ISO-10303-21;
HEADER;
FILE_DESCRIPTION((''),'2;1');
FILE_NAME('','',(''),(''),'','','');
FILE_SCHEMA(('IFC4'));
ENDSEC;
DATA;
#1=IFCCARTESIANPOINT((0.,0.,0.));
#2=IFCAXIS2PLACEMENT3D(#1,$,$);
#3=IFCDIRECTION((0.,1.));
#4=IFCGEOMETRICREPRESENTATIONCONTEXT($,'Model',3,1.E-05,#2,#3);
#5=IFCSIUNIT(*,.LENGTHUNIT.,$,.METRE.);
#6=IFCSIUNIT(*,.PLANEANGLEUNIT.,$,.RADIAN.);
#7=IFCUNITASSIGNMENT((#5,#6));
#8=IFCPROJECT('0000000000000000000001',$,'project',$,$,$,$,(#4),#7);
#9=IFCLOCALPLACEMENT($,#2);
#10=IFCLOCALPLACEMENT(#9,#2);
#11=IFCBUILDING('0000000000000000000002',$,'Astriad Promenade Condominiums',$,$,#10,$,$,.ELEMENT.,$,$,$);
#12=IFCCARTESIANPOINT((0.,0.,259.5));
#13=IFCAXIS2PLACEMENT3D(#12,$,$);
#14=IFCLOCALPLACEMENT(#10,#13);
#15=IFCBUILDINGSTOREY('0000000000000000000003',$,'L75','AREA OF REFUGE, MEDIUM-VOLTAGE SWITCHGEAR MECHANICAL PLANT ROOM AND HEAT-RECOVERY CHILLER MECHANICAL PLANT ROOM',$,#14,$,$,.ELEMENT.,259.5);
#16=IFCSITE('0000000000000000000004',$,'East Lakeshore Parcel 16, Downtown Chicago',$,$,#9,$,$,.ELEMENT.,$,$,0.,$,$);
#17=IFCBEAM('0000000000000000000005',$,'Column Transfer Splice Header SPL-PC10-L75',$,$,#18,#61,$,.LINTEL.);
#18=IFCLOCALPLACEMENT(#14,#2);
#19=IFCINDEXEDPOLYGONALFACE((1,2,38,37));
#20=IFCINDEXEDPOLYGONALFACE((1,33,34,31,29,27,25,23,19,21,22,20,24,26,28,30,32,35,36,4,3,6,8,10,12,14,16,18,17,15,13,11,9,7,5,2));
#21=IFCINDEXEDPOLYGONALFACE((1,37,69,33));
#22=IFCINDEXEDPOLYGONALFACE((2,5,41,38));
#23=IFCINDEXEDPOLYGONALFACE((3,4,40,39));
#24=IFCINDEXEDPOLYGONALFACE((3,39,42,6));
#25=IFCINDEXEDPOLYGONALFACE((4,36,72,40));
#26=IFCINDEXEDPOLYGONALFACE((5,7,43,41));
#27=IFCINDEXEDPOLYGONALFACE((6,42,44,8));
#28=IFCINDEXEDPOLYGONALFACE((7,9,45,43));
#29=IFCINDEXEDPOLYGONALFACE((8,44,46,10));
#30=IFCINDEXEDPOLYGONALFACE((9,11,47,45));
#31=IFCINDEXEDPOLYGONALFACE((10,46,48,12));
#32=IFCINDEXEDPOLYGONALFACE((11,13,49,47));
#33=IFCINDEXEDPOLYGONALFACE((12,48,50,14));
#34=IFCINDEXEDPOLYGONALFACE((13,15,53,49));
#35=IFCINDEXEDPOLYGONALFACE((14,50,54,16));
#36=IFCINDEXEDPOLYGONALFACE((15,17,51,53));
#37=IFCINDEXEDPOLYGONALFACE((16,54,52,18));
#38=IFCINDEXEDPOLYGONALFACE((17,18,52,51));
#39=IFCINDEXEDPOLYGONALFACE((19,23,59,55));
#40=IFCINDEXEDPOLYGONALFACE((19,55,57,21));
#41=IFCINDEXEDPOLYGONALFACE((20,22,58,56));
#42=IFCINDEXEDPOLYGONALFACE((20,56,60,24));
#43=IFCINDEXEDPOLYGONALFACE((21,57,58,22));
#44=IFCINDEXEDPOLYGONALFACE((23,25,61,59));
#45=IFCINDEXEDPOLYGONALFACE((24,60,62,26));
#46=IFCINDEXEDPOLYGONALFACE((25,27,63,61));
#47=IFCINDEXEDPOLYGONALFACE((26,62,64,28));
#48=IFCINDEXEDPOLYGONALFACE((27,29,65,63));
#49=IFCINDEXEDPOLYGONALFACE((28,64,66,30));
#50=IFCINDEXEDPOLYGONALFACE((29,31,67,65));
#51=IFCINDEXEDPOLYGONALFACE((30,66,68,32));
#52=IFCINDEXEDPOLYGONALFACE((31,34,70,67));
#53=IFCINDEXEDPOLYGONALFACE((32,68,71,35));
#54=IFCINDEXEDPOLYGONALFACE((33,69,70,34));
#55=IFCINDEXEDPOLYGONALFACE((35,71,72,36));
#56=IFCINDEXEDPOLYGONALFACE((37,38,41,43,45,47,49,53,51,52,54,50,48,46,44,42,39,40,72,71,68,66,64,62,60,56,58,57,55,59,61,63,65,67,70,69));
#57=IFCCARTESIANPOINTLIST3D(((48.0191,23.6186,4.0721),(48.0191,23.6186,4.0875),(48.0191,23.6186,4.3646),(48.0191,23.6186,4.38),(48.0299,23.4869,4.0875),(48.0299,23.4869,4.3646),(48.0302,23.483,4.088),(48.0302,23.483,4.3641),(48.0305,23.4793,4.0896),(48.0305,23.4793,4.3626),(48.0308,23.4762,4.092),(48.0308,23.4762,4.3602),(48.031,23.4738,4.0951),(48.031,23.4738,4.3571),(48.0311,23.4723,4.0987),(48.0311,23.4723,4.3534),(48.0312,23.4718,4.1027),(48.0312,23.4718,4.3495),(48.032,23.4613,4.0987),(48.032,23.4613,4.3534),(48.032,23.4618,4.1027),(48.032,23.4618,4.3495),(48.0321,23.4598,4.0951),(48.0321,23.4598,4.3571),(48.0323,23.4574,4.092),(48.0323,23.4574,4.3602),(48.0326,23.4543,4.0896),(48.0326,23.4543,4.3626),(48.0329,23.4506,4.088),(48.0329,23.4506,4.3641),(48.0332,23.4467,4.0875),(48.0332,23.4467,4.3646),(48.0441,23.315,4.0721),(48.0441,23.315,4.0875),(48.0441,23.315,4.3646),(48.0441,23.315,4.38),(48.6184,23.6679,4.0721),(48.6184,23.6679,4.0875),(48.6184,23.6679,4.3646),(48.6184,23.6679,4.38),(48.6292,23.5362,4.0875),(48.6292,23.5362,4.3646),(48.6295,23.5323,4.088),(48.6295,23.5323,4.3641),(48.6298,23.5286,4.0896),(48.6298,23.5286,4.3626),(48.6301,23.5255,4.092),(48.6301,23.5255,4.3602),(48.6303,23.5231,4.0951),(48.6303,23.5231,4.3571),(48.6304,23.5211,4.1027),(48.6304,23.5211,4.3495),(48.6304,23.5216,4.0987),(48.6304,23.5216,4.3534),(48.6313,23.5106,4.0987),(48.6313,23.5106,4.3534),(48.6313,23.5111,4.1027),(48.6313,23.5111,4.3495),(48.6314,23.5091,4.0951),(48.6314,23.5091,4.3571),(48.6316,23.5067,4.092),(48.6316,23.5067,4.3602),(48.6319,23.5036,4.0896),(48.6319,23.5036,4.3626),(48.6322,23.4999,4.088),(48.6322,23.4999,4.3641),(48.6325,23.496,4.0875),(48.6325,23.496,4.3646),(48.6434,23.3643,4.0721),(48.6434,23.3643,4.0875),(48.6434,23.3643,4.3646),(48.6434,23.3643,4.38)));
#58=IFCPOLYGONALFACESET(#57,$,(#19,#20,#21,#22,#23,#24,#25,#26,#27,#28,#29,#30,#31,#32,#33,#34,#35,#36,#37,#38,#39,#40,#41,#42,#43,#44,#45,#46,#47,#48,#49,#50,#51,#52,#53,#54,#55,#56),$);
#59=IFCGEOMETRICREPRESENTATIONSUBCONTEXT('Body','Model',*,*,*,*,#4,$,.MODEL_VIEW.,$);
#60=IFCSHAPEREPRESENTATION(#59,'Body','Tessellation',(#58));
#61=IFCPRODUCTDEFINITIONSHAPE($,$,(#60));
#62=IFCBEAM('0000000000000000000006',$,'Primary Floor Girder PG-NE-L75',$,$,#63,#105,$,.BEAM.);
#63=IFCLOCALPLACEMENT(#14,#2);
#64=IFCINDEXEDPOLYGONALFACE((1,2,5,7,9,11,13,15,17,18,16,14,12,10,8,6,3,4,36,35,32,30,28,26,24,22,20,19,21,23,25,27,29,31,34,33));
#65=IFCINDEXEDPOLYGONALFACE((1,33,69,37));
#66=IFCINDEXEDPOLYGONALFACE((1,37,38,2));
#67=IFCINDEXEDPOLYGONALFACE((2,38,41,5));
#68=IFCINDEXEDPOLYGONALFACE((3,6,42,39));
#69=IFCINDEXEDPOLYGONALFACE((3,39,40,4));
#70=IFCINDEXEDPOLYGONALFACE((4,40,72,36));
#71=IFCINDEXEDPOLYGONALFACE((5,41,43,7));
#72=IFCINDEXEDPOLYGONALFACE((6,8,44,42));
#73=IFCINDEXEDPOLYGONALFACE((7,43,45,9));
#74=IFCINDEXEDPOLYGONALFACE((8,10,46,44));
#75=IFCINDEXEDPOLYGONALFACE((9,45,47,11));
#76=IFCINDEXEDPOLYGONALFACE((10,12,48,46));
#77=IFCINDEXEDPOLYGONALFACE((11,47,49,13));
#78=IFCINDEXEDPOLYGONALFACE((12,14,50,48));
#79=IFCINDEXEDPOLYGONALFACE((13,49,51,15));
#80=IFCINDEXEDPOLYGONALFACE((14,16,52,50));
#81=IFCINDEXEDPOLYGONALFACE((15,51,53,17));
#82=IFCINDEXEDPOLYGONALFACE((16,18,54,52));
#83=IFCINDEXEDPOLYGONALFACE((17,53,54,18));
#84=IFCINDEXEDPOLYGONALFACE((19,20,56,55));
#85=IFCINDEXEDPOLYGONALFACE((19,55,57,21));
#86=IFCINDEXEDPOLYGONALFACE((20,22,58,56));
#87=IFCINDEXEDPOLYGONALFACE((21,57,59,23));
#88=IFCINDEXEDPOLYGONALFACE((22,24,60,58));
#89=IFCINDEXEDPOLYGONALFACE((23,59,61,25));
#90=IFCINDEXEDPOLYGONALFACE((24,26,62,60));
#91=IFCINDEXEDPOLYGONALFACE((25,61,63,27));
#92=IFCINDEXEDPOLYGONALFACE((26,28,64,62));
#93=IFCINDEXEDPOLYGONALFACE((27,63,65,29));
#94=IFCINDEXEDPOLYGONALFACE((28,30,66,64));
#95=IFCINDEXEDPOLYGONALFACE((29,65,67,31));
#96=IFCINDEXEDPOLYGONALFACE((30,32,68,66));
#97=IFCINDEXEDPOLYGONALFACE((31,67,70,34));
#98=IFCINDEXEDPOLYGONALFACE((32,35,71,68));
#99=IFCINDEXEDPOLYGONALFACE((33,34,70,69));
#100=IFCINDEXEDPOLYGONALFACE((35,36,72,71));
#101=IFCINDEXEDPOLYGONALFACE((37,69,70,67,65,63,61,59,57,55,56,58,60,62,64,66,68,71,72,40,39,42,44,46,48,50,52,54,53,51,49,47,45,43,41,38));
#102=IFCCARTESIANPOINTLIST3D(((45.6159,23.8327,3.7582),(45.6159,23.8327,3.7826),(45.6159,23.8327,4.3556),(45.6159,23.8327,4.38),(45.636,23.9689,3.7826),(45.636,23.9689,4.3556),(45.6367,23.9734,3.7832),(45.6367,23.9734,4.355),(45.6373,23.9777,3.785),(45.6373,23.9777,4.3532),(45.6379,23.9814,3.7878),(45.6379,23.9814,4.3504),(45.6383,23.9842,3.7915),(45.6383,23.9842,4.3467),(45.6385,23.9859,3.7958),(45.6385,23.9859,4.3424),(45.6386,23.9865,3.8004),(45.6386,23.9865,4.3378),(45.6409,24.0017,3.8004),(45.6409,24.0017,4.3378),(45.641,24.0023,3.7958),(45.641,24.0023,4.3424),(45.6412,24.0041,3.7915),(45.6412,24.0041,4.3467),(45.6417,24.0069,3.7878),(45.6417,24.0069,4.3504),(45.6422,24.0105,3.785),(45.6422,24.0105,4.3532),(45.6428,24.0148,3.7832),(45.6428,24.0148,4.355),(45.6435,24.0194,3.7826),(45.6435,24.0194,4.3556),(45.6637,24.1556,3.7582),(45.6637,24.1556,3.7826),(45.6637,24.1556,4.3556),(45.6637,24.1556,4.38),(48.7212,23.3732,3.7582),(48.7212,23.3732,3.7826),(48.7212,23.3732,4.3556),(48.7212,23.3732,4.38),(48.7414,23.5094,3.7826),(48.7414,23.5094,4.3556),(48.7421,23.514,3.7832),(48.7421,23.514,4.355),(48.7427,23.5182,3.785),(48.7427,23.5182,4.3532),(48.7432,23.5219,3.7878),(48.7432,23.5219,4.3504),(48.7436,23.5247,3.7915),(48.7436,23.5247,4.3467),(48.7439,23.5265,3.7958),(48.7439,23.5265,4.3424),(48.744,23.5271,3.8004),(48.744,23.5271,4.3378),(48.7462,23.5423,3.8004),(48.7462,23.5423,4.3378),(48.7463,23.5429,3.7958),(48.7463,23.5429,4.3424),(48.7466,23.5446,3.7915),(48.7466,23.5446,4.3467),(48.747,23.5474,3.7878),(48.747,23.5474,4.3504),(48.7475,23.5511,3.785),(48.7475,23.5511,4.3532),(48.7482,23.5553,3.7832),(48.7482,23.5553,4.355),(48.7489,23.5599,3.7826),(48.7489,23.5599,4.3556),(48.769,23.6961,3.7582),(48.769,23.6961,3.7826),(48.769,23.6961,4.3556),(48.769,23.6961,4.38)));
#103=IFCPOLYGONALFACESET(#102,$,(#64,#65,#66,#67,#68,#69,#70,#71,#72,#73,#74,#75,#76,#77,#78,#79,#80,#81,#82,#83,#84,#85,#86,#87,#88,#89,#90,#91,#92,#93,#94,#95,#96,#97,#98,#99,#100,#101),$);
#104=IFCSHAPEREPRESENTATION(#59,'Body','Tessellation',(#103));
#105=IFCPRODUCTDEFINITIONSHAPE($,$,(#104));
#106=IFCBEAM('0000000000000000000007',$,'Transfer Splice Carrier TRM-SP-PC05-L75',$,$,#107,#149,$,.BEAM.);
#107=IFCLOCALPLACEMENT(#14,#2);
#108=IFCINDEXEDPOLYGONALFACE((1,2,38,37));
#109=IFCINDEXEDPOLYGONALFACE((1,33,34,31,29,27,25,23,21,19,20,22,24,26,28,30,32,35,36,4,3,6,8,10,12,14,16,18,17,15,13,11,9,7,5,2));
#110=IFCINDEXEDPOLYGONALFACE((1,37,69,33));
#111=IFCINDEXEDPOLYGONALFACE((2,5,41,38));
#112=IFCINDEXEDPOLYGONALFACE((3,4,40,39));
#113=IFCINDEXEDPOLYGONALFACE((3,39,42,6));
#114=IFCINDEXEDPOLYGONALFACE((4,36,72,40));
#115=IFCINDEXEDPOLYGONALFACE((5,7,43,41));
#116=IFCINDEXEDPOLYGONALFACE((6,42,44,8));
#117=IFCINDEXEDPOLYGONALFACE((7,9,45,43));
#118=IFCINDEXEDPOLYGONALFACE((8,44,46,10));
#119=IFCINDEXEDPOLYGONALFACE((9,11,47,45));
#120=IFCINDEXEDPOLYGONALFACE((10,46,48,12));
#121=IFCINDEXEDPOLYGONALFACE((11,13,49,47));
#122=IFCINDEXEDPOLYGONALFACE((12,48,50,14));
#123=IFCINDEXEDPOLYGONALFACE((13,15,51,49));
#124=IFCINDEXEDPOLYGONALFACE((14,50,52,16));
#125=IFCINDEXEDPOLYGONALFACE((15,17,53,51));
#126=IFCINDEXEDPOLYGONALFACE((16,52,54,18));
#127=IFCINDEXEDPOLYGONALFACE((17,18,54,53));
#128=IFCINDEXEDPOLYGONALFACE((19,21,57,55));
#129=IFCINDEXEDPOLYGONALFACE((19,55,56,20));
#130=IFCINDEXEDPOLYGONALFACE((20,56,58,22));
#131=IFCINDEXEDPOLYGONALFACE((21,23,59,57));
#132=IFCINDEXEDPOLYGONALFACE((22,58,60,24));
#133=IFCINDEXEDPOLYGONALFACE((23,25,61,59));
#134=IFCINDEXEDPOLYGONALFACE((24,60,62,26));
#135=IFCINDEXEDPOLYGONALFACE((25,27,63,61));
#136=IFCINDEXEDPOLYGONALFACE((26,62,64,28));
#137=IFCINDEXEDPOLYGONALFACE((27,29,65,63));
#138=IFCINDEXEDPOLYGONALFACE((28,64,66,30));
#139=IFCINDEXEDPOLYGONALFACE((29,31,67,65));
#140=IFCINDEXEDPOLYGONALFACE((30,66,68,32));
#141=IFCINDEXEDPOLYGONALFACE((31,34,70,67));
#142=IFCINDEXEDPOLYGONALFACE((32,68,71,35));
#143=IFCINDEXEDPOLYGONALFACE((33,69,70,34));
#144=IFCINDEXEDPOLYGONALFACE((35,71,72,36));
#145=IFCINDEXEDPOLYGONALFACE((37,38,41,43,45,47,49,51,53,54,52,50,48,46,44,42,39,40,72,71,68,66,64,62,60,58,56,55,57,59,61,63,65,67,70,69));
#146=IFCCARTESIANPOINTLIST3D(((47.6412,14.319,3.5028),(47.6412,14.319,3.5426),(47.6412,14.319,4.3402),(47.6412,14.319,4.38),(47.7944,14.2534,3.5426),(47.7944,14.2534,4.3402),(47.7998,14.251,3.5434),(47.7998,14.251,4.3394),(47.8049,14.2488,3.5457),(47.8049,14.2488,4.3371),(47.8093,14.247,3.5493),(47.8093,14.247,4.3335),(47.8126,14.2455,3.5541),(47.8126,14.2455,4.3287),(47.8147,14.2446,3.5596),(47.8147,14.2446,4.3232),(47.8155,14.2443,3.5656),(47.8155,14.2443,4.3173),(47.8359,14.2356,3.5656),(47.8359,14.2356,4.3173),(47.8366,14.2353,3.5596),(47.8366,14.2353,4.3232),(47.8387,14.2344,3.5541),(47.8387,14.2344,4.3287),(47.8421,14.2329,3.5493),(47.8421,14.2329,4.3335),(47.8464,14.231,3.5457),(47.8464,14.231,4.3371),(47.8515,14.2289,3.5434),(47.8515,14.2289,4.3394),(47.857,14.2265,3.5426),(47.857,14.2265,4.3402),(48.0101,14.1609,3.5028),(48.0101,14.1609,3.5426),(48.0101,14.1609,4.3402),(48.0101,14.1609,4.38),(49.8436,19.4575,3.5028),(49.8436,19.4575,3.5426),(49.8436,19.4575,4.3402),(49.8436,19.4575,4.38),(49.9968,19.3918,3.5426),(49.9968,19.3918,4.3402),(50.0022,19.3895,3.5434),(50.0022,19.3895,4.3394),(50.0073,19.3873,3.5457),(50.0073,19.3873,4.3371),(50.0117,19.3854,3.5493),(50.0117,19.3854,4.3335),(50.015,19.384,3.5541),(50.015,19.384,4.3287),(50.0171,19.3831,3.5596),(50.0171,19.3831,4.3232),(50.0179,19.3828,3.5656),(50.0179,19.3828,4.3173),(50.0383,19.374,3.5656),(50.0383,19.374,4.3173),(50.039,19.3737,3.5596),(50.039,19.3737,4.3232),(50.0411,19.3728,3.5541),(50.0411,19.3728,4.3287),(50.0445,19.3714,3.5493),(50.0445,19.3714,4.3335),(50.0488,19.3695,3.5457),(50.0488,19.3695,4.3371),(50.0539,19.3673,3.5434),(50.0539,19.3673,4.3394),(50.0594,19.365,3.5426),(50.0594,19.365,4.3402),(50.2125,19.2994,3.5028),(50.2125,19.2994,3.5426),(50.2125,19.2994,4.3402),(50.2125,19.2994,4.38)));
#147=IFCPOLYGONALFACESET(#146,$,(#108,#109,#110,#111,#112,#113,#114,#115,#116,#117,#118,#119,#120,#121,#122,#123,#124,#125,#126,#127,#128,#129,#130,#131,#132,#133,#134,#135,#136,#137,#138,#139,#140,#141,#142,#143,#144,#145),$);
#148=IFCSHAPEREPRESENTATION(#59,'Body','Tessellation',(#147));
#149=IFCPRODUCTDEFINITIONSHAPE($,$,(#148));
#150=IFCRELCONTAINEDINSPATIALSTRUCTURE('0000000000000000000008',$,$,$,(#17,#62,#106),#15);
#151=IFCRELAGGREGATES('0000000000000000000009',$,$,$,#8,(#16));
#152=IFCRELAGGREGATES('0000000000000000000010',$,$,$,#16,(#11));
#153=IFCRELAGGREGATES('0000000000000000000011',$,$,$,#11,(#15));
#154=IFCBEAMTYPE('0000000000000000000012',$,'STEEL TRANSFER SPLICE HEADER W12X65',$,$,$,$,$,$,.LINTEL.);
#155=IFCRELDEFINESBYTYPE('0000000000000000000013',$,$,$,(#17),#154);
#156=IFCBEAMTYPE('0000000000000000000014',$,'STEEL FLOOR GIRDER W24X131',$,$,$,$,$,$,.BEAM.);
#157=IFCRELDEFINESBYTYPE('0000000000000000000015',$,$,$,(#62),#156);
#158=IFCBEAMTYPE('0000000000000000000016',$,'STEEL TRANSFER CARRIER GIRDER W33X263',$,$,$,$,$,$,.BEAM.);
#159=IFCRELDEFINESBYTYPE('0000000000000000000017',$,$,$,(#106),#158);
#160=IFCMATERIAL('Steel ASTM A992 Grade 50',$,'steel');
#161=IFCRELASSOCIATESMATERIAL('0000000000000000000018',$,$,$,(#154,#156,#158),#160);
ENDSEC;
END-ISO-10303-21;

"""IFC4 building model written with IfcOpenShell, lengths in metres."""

from ifc_helpers import new_model, si_unit, direction, frame, origin, origin_2d, place, context, subcontext, project, spatial, i_section, extrude, source, transform, mapped, material, material_profile, profile_set, type_object, type_shapes, element, save


model = new_model("IFC4")

# Units and contexts
model_context = context("Model", 3, precision=1e-05, world=origin(), true_north=direction((0.0, 1.0)))
body_context = subcontext(model_context, "Body", "Model", "MODEL_VIEW")
ifc_project = project(units=[si_unit("LENGTHUNIT", "METRE"), si_unit("PLANEANGLEUNIT", "RADIAN")], contexts=[model_context])

# Site, building, storey
site_placement = place(None, origin())
site = spatial("IfcSite", under=ifc_project, at=site_placement, Name="East Lakeshore Parcel 16, Downtown Chicago", CompositionType="ELEMENT", RefElevation=0.0)
building_placement = place(site_placement, origin())
building = spatial("IfcBuilding", under=site, at=building_placement, Name="Astriad Promenade Condominiums", CompositionType="ELEMENT")
storey_placement = place(building_placement, frame((0.0, 0.0, 259.5)))
storey = spatial("IfcBuildingStorey", under=building, at=storey_placement, Name="L75", Description="AREA OF REFUGE, MEDIUM-VOLTAGE SWITCHGEAR MECHANICAL PLANT ROOM AND HEAT-RECOVERY CHILLER MECHANICAL PLANT ROOM", CompositionType="ELEMENT", Elevation=259.5)

# Shared definitions
ifc_material_1 = material(Name="Steel ASTM A992 Grade 50", Category="steel")

# Beams
ifc_material_profile_1 = material_profile(ifc_material_1, i_section(OverallWidth=0.3047, OverallDepth=0.3079, WebThickness=0.01, FlangeThickness=0.0154, FilletRadius=0.0151, at=origin_2d()), Name="W12X65")
ifc_profile_set_1 = profile_set([ifc_material_profile_1], Name="Steel ASTM A992 Grade 50")
beam_type_1 = type_object("IfcBeamType", Name="STEEL TRANSFER SPLICE HEADER W12X65", PredefinedType="LINTEL", material=ifc_profile_set_1)
shared_shape_1 = source(origin(), body_context, "Body", "SweptSolid", [
    extrude(i_section(OverallWidth=0.3047, OverallDepth=0.3079, WebThickness=0.01, FlangeThickness=0.0154, FilletRadius=0.0151, at=origin_2d()), origin(), (0.0, 0.0, 1.0), 0.6013),
])
beam_1_placement = place(storey_placement, frame((48.6309, 23.5161, 4.2261), z_axis=(-0.996632, -0.082004, 0.0), x_axis=(0.082004, -0.996632, 0.0)))
element("IfcBeam", 1, at=beam_1_placement, inside=storey, type_object=beam_type_1, Name="Column Transfer Splice Header SPL-PC10-L75", PredefinedType="LINTEL", context=body_context, shape_type="MappedRepresentation", body=[
    mapped(shared_shape_1, transform((0.0, 0.0, 0.0), scale=1.0)),
])
ifc_material_profile_2 = material_profile(ifc_material_1, i_section(OverallWidth=0.3264, OverallDepth=0.6218, WebThickness=0.0154, FlangeThickness=0.0244, FilletRadius=0.0178, at=origin_2d()), Name="W24X131")
ifc_profile_set_2 = profile_set([ifc_material_profile_2], Name="Steel ASTM A992 Grade 50")
beam_type_2 = type_object("IfcBeamType", Name="STEEL FLOOR GIRDER W24X131", PredefinedType="BEAM", material=ifc_profile_set_2)
shared_shape_2 = source(origin(), body_context, "Body", "SweptSolid", [
    extrude(i_section(OverallWidth=0.3264, OverallDepth=0.6218, WebThickness=0.0154, FlangeThickness=0.0244, FilletRadius=0.0178, at=origin_2d()), origin(), (0.0, 0.0, 1.0), 3.1392),
])
type_shapes(beam_type_2, [shared_shape_2])
beam_2_placement = place(storey_placement, frame((48.7451, 23.5347, 4.0691), z_axis=(-0.989231, 0.146363, 0.0), x_axis=(-0.146363, -0.989231, 0.0)))
element("IfcBeam", 2, at=beam_2_placement, inside=storey, type_object=beam_type_2, Name="Primary Floor Girder PG-NE-L75", PredefinedType="BEAM", context=body_context, shape_type="MappedRepresentation", body=[
    mapped(shared_shape_2, transform((0.0, 0.0, 0.0), scale=1.0)),
])
ifc_material_profile_3 = material_profile(ifc_material_1, i_section(OverallWidth=0.4014, OverallDepth=0.8772, WebThickness=0.0222, FlangeThickness=0.0398, FilletRadius=0.0229, at=origin_2d()), Name="W33X263")
ifc_profile_set_3 = profile_set([ifc_material_profile_3], Name="Steel ASTM A992 Grade 50")
beam_type_3 = type_object("IfcBeamType", Name="STEEL TRANSFER CARRIER GIRDER W33X263", PredefinedType="BEAM", material=ifc_profile_set_3)
shared_shape_3 = source(origin(), body_context, "Body", "SweptSolid", [
    extrude(i_section(OverallWidth=0.4014, OverallDepth=0.8772, WebThickness=0.0222, FlangeThickness=0.0398, FilletRadius=0.0229, at=origin_2d()), origin(), (0.0, 0.0, 1.0), 5.5906),
])
beam_3_placement = place(storey_placement, frame((50.0281, 19.3784, 3.9414), z_axis=(-0.393951, -0.919131, 0.0), x_axis=(0.919131, -0.393951, 0.0)))
element("IfcBeam", 3, at=beam_3_placement, inside=storey, type_object=beam_type_3, Name="Transfer Splice Carrier TRM-SP-PC05-L75", PredefinedType="BEAM", context=body_context, shape_type="MappedRepresentation", body=[
    mapped(shared_shape_3, transform((0.0, 0.0, 0.0), scale=1.0)),
])

save(model, "model.ifc")
